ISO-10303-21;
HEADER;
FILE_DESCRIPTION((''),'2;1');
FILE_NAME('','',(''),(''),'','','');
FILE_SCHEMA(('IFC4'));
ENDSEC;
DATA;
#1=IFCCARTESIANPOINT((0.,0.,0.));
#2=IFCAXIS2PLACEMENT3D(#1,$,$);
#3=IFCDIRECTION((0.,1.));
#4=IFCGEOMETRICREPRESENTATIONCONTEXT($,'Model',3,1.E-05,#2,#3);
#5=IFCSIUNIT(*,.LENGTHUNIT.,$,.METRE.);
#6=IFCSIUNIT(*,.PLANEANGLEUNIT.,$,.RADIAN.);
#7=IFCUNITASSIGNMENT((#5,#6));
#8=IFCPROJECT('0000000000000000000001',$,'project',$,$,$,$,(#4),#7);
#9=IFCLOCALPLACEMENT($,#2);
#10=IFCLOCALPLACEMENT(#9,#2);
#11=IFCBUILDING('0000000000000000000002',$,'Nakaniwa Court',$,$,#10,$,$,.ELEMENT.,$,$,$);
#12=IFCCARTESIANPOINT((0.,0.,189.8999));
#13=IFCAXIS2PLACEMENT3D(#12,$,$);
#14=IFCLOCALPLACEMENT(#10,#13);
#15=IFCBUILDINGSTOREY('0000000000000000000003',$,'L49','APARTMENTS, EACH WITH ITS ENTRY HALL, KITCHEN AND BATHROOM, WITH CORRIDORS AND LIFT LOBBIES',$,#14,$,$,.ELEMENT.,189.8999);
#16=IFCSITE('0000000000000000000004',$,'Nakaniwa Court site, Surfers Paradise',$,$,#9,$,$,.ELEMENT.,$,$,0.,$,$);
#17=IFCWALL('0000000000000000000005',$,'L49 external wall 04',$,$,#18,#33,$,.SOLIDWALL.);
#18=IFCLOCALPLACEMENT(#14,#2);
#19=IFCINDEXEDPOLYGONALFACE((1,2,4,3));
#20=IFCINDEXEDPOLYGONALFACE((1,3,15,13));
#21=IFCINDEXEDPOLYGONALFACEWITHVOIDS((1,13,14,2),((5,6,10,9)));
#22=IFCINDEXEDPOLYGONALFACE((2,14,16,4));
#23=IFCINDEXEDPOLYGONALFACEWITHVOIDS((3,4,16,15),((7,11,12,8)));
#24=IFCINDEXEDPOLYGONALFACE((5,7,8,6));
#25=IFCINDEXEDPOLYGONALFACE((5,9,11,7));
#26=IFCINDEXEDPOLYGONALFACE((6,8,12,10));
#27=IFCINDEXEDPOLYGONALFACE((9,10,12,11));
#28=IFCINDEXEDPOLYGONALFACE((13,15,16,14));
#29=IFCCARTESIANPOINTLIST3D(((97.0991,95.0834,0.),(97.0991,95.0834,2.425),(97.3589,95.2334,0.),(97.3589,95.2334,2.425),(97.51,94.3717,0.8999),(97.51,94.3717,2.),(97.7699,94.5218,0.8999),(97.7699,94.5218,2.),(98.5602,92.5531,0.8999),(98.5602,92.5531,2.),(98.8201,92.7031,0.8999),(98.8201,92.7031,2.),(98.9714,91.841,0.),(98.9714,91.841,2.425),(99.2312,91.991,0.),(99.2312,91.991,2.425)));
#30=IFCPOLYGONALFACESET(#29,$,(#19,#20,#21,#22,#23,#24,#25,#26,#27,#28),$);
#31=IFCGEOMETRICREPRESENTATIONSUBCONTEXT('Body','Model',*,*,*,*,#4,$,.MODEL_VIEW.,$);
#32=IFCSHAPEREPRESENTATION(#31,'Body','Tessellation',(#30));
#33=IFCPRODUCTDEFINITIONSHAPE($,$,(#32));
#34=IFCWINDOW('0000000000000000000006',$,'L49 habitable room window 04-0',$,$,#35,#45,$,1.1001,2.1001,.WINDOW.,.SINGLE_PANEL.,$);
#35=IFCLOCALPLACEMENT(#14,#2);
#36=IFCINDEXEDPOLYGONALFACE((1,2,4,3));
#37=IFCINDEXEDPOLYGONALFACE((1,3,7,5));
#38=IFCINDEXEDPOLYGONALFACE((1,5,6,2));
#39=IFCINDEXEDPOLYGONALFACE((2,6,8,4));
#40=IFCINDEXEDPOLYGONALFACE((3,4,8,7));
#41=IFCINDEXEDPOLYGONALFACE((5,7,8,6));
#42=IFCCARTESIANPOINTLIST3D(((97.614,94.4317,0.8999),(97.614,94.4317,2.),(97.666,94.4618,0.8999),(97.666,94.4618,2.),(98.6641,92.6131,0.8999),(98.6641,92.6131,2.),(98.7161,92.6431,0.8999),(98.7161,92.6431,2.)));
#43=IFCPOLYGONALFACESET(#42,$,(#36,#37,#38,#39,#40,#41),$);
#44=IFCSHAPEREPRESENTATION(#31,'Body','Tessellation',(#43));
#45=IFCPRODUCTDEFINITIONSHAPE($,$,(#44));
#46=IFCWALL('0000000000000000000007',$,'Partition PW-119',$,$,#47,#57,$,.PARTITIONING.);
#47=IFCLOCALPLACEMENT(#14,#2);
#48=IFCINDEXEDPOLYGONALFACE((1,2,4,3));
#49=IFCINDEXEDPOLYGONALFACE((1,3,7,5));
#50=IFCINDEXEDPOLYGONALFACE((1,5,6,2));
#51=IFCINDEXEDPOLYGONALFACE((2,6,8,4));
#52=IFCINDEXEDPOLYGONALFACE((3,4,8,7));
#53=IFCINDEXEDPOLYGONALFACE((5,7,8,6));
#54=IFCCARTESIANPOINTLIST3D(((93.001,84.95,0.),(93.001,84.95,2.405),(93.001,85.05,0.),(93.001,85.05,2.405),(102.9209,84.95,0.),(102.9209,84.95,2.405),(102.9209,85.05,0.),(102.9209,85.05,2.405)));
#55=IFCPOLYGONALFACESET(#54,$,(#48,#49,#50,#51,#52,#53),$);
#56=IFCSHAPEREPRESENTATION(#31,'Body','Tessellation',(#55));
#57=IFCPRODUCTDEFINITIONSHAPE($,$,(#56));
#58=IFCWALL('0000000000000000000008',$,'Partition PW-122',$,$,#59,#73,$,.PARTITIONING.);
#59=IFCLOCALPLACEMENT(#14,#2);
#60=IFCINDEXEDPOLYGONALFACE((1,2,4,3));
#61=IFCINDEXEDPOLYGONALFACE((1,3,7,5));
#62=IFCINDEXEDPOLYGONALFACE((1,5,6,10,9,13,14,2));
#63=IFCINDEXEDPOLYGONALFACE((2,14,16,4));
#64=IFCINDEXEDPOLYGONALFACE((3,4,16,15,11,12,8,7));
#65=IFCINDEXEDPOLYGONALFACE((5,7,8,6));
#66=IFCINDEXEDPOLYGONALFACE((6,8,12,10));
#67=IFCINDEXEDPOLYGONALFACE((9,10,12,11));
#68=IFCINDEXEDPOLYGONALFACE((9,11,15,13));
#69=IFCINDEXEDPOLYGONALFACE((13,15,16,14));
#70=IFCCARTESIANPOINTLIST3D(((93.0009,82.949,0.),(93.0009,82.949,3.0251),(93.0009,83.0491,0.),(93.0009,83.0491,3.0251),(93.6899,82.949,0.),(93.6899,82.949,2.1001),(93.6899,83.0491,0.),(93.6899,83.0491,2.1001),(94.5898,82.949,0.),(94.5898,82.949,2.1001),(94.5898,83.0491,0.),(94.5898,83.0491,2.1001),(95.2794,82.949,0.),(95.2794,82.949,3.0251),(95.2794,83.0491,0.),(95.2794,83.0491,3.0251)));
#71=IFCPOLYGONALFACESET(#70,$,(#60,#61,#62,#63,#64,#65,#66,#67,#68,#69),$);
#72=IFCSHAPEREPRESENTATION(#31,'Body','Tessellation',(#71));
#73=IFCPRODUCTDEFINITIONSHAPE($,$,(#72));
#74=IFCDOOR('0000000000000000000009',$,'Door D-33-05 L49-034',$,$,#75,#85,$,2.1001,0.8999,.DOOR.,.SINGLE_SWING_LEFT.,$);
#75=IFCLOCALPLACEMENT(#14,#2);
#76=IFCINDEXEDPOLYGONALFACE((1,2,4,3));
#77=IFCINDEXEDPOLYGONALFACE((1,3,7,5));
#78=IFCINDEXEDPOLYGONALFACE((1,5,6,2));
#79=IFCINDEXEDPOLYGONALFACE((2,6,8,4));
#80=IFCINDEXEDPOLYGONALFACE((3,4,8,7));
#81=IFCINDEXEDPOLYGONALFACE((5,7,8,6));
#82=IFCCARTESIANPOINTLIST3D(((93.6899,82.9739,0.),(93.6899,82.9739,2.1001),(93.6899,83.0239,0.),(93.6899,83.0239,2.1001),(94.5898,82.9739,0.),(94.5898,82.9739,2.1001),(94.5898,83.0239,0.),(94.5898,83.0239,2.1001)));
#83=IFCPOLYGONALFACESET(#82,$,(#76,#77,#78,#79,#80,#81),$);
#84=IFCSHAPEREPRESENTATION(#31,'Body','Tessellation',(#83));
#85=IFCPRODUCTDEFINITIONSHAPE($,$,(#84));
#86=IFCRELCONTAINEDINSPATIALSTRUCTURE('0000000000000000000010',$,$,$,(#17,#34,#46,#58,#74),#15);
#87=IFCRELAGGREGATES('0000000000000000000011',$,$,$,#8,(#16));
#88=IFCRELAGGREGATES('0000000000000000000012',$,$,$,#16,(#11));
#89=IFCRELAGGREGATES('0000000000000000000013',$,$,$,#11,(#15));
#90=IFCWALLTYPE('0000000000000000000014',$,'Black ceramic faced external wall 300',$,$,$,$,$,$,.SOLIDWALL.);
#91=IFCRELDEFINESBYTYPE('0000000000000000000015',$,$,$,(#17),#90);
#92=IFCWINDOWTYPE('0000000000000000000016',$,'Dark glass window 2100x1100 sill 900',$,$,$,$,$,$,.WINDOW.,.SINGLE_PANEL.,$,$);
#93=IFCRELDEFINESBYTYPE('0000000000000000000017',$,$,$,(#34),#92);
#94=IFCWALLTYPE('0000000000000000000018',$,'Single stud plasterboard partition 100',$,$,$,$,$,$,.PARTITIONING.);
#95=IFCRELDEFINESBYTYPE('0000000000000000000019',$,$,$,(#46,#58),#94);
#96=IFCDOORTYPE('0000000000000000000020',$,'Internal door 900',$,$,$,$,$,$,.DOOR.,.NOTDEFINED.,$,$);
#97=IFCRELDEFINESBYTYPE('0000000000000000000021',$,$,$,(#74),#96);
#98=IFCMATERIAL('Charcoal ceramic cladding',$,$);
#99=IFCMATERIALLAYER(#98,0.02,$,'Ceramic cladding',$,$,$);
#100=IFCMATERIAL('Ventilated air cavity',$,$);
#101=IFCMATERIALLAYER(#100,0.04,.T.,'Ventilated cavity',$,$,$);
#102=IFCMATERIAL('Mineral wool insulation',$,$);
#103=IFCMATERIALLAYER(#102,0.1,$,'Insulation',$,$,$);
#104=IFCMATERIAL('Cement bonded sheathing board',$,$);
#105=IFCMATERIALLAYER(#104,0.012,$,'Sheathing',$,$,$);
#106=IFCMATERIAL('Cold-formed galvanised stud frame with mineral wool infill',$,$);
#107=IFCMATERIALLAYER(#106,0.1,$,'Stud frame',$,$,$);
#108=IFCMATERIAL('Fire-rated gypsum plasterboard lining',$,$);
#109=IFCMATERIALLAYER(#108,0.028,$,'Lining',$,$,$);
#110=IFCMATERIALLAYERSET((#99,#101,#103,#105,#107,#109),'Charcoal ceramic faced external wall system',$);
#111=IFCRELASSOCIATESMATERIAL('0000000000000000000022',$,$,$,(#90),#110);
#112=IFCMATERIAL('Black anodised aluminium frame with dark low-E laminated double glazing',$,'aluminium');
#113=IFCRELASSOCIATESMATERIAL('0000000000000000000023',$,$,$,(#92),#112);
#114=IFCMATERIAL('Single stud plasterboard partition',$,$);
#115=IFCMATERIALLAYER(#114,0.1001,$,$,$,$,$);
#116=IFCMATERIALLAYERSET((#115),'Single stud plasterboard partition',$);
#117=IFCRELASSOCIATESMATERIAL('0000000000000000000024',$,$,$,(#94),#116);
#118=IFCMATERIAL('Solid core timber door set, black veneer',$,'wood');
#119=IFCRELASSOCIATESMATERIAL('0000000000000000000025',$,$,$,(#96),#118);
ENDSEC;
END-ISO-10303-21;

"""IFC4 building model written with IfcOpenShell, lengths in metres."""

from ifc_helpers import new_model, si_unit, direction, frame, frame_2d, origin, place, context, subcontext, project, spatial, rectangle, extrude, material, layer, layer_set, type_object, element, fill, save


model = new_model("IFC4")

# Units and contexts
model_context = context("Model", 3, precision=1e-05, world=origin(), true_north=direction((0.0, 1.0)))
body_context = subcontext(model_context, "Body", "Model", "MODEL_VIEW")
ifc_project = project(units=[si_unit("LENGTHUNIT", "METRE"), si_unit("PLANEANGLEUNIT", "RADIAN")], contexts=[model_context])

# Site, building, storey
site_placement = place(None, origin())
site = spatial("IfcSite", under=ifc_project, at=site_placement, Name="Nakaniwa Court site, Surfers Paradise", CompositionType="ELEMENT", RefElevation=0.0)
building_placement = place(site_placement, origin())
building = spatial("IfcBuilding", under=site, at=building_placement, Name="Nakaniwa Court", CompositionType="ELEMENT")
storey_placement = place(building_placement, frame((0.0, 0.0, 189.8999)))
storey = spatial("IfcBuildingStorey", under=building, at=storey_placement, Name="L49", Description="APARTMENTS, EACH WITH ITS ENTRY HALL, KITCHEN AND BATHROOM, WITH CORRIDORS AND LIFT LOBBIES", CompositionType="ELEMENT", Elevation=189.8999)

# Shared definitions
ifc_material_1 = material(Name="Solid core timber door set, black veneer", Category="wood")

# Wall, opening, window
ifc_material_2 = material(Name="Charcoal ceramic cladding")
ifc_layer_1 = layer(ifc_material_2, 0.02, Name="Ceramic cladding")
ifc_material_3 = material(Name="Ventilated air cavity")
ifc_layer_2 = layer(ifc_material_3, 0.04, ventilated=True, Name="Ventilated cavity")
ifc_material_4 = material(Name="Mineral wool insulation")
ifc_layer_3 = layer(ifc_material_4, 0.1, Name="Insulation")
ifc_material_5 = material(Name="Cement bonded sheathing board")
ifc_layer_4 = layer(ifc_material_5, 0.012, Name="Sheathing")
ifc_material_6 = material(Name="Cold-formed galvanised stud frame with mineral wool infill")
ifc_layer_5 = layer(ifc_material_6, 0.1, Name="Stud frame")
ifc_material_7 = material(Name="Fire-rated gypsum plasterboard lining")
ifc_layer_6 = layer(ifc_material_7, 0.028, Name="Lining")
ifc_layer_set_1 = layer_set([ifc_layer_1, ifc_layer_2, ifc_layer_3, ifc_layer_4, ifc_layer_5, ifc_layer_6], Name="Charcoal ceramic faced external wall system")
wall_type_1 = type_object("IfcWallType", Name="Black ceramic faced external wall 300", PredefinedType="SOLIDWALL", material=ifc_layer_set_1)
ifc_material_8 = material(Name="Black anodised aluminium frame with dark low-E laminated double glazing", Category="aluminium")
window_type = type_object("IfcWindowType", Name="Dark glass window 2100x1100 sill 900", PartitioningType="SINGLE_PANEL", PredefinedType="WINDOW", material=ifc_material_8)
wall_1_placement = place(storey_placement, frame((99.1013, 91.916, 0.0), z_axis=(0.0, 0.0, 1.0), x_axis=(-0.500059, 0.865991, 0.0)))
wall_1 = element("IfcWall", 1, at=wall_1_placement, inside=storey, type_object=wall_type_1, Name="L49 external wall 04", PredefinedType="SOLIDWALL", context=body_context, shape_type="SweptSolid", body=[
    extrude(rectangle(XDim=3.7441, YDim=0.3, at=frame_2d((1.8721, 0.0))), origin(), (0.0, 0.0, 1.0), 2.425),
])
opening_1_placement = place(wall_1_placement, frame((0.8223, 0.0, 0.8999)))
opening_1 = element("IfcOpeningElement", 2, at=opening_1_placement, cuts=wall_1, PredefinedType="OPENING", context=body_context, shape_type="SweptSolid", body=[
    extrude(rectangle(XDim=2.1001, YDim=1.1001, at=frame_2d((1.05, 0.55))), frame((0.0, 0.1599, 0.0), z_axis=(0.0, -1.0, 0.0), x_axis=(1.0, 0.0, 0.0)), (0.0, 0.0, 1.0), 0.3201),
])
window_1_placement = place(opening_1_placement, origin())
window_1 = element("IfcWindow", 3, at=window_1_placement, inside=storey, type_object=window_type, Name="L49 habitable room window 04-0", OverallHeight=1.1001, OverallWidth=2.1001, PartitioningType="SINGLE_PANEL", PredefinedType="WINDOW", context=body_context, shape_type="SweptSolid", body=[
    extrude(rectangle(XDim=2.1001, YDim=1.1001, at=frame_2d((1.05, 0.55))), frame((0.0, 0.03, 0.0), z_axis=(0.0, -1.0, 0.0), x_axis=(1.0, 0.0, 0.0)), (0.0, 0.0, 1.0), 0.0601),
])
fill(opening_1, window_1)

# Wall
ifc_material_9 = material(Name="Single stud plasterboard partition")
ifc_layer_7 = layer(ifc_material_9, 0.1001)
ifc_layer_set_2 = layer_set([ifc_layer_7], Name="Single stud plasterboard partition")
wall_type_2 = type_object("IfcWallType", Name="Single stud plasterboard partition 100", PredefinedType="PARTITIONING", material=ifc_layer_set_2)
wall_2_placement = place(storey_placement, frame((93.001, 85.0, 0.0), z_axis=(0.0, 0.0, 1.0), x_axis=(1.0, 0.0, 0.0)))
element("IfcWall", 4, at=wall_2_placement, inside=storey, type_object=wall_type_2, Name="Partition PW-119", PredefinedType="PARTITIONING", context=body_context, shape_type="SweptSolid", body=[
    extrude(rectangle(XDim=9.9199, YDim=0.1001, at=frame_2d((4.96, 0.0))), origin(), (0.0, 0.0, 1.0), 2.405),
])

# Wall, opening, door
wall_3_placement = place(storey_placement, frame((93.001, 82.999, 0.0), z_axis=(0.0, 0.0, 1.0), x_axis=(1.0, 0.0, 0.0)))
wall_3 = element("IfcWall", 5, at=wall_3_placement, inside=storey, type_object=wall_type_2, Name="Partition PW-122", PredefinedType="PARTITIONING", context=body_context, shape_type="SweptSolid", body=[
    extrude(rectangle(XDim=2.2786, YDim=0.1001, at=frame_2d((1.1392, 0.0))), origin(), (0.0, 0.0, 1.0), 3.0251),
])
opening_2_placement = place(wall_3_placement, frame((0.689, 0.0, 0.0)))
opening_2 = element("IfcOpeningElement", 6, at=opening_2_placement, cuts=wall_3, PredefinedType="OPENING", context=body_context, shape_type="SweptSolid", body=[
    extrude(rectangle(XDim=0.8999, YDim=2.1001, at=frame_2d((0.45, 1.05))), frame((0.0, 0.0601, 0.0), z_axis=(0.0, -1.0, 0.0), x_axis=(1.0, 0.0, 0.0)), (0.0, 0.0, 1.0), 0.1201),
])
door_type_1 = type_object("IfcDoorType", Name="Internal door 900", OperationType="NOTDEFINED", PredefinedType="DOOR", material=ifc_material_1)
door_1_placement = place(opening_2_placement, origin())
door_1 = element("IfcDoor", 7, at=door_1_placement, inside=storey, type_object=door_type_1, Name="Door D-33-05 L49-034", OperationType="SINGLE_SWING_LEFT", OverallHeight=2.1001, OverallWidth=0.8999, PredefinedType="DOOR", context=body_context, shape_type="SweptSolid", body=[
    extrude(rectangle(XDim=0.8999, YDim=2.1001, at=frame_2d((0.45, 1.05))), frame((0.0, 0.0249, 0.0), z_axis=(0.0, -1.0, 0.0), x_axis=(1.0, 0.0, 0.0)), (0.0, 0.0, 1.0), 0.05),
])
fill(opening_2, door_1)

save(model, "model.ifc")
